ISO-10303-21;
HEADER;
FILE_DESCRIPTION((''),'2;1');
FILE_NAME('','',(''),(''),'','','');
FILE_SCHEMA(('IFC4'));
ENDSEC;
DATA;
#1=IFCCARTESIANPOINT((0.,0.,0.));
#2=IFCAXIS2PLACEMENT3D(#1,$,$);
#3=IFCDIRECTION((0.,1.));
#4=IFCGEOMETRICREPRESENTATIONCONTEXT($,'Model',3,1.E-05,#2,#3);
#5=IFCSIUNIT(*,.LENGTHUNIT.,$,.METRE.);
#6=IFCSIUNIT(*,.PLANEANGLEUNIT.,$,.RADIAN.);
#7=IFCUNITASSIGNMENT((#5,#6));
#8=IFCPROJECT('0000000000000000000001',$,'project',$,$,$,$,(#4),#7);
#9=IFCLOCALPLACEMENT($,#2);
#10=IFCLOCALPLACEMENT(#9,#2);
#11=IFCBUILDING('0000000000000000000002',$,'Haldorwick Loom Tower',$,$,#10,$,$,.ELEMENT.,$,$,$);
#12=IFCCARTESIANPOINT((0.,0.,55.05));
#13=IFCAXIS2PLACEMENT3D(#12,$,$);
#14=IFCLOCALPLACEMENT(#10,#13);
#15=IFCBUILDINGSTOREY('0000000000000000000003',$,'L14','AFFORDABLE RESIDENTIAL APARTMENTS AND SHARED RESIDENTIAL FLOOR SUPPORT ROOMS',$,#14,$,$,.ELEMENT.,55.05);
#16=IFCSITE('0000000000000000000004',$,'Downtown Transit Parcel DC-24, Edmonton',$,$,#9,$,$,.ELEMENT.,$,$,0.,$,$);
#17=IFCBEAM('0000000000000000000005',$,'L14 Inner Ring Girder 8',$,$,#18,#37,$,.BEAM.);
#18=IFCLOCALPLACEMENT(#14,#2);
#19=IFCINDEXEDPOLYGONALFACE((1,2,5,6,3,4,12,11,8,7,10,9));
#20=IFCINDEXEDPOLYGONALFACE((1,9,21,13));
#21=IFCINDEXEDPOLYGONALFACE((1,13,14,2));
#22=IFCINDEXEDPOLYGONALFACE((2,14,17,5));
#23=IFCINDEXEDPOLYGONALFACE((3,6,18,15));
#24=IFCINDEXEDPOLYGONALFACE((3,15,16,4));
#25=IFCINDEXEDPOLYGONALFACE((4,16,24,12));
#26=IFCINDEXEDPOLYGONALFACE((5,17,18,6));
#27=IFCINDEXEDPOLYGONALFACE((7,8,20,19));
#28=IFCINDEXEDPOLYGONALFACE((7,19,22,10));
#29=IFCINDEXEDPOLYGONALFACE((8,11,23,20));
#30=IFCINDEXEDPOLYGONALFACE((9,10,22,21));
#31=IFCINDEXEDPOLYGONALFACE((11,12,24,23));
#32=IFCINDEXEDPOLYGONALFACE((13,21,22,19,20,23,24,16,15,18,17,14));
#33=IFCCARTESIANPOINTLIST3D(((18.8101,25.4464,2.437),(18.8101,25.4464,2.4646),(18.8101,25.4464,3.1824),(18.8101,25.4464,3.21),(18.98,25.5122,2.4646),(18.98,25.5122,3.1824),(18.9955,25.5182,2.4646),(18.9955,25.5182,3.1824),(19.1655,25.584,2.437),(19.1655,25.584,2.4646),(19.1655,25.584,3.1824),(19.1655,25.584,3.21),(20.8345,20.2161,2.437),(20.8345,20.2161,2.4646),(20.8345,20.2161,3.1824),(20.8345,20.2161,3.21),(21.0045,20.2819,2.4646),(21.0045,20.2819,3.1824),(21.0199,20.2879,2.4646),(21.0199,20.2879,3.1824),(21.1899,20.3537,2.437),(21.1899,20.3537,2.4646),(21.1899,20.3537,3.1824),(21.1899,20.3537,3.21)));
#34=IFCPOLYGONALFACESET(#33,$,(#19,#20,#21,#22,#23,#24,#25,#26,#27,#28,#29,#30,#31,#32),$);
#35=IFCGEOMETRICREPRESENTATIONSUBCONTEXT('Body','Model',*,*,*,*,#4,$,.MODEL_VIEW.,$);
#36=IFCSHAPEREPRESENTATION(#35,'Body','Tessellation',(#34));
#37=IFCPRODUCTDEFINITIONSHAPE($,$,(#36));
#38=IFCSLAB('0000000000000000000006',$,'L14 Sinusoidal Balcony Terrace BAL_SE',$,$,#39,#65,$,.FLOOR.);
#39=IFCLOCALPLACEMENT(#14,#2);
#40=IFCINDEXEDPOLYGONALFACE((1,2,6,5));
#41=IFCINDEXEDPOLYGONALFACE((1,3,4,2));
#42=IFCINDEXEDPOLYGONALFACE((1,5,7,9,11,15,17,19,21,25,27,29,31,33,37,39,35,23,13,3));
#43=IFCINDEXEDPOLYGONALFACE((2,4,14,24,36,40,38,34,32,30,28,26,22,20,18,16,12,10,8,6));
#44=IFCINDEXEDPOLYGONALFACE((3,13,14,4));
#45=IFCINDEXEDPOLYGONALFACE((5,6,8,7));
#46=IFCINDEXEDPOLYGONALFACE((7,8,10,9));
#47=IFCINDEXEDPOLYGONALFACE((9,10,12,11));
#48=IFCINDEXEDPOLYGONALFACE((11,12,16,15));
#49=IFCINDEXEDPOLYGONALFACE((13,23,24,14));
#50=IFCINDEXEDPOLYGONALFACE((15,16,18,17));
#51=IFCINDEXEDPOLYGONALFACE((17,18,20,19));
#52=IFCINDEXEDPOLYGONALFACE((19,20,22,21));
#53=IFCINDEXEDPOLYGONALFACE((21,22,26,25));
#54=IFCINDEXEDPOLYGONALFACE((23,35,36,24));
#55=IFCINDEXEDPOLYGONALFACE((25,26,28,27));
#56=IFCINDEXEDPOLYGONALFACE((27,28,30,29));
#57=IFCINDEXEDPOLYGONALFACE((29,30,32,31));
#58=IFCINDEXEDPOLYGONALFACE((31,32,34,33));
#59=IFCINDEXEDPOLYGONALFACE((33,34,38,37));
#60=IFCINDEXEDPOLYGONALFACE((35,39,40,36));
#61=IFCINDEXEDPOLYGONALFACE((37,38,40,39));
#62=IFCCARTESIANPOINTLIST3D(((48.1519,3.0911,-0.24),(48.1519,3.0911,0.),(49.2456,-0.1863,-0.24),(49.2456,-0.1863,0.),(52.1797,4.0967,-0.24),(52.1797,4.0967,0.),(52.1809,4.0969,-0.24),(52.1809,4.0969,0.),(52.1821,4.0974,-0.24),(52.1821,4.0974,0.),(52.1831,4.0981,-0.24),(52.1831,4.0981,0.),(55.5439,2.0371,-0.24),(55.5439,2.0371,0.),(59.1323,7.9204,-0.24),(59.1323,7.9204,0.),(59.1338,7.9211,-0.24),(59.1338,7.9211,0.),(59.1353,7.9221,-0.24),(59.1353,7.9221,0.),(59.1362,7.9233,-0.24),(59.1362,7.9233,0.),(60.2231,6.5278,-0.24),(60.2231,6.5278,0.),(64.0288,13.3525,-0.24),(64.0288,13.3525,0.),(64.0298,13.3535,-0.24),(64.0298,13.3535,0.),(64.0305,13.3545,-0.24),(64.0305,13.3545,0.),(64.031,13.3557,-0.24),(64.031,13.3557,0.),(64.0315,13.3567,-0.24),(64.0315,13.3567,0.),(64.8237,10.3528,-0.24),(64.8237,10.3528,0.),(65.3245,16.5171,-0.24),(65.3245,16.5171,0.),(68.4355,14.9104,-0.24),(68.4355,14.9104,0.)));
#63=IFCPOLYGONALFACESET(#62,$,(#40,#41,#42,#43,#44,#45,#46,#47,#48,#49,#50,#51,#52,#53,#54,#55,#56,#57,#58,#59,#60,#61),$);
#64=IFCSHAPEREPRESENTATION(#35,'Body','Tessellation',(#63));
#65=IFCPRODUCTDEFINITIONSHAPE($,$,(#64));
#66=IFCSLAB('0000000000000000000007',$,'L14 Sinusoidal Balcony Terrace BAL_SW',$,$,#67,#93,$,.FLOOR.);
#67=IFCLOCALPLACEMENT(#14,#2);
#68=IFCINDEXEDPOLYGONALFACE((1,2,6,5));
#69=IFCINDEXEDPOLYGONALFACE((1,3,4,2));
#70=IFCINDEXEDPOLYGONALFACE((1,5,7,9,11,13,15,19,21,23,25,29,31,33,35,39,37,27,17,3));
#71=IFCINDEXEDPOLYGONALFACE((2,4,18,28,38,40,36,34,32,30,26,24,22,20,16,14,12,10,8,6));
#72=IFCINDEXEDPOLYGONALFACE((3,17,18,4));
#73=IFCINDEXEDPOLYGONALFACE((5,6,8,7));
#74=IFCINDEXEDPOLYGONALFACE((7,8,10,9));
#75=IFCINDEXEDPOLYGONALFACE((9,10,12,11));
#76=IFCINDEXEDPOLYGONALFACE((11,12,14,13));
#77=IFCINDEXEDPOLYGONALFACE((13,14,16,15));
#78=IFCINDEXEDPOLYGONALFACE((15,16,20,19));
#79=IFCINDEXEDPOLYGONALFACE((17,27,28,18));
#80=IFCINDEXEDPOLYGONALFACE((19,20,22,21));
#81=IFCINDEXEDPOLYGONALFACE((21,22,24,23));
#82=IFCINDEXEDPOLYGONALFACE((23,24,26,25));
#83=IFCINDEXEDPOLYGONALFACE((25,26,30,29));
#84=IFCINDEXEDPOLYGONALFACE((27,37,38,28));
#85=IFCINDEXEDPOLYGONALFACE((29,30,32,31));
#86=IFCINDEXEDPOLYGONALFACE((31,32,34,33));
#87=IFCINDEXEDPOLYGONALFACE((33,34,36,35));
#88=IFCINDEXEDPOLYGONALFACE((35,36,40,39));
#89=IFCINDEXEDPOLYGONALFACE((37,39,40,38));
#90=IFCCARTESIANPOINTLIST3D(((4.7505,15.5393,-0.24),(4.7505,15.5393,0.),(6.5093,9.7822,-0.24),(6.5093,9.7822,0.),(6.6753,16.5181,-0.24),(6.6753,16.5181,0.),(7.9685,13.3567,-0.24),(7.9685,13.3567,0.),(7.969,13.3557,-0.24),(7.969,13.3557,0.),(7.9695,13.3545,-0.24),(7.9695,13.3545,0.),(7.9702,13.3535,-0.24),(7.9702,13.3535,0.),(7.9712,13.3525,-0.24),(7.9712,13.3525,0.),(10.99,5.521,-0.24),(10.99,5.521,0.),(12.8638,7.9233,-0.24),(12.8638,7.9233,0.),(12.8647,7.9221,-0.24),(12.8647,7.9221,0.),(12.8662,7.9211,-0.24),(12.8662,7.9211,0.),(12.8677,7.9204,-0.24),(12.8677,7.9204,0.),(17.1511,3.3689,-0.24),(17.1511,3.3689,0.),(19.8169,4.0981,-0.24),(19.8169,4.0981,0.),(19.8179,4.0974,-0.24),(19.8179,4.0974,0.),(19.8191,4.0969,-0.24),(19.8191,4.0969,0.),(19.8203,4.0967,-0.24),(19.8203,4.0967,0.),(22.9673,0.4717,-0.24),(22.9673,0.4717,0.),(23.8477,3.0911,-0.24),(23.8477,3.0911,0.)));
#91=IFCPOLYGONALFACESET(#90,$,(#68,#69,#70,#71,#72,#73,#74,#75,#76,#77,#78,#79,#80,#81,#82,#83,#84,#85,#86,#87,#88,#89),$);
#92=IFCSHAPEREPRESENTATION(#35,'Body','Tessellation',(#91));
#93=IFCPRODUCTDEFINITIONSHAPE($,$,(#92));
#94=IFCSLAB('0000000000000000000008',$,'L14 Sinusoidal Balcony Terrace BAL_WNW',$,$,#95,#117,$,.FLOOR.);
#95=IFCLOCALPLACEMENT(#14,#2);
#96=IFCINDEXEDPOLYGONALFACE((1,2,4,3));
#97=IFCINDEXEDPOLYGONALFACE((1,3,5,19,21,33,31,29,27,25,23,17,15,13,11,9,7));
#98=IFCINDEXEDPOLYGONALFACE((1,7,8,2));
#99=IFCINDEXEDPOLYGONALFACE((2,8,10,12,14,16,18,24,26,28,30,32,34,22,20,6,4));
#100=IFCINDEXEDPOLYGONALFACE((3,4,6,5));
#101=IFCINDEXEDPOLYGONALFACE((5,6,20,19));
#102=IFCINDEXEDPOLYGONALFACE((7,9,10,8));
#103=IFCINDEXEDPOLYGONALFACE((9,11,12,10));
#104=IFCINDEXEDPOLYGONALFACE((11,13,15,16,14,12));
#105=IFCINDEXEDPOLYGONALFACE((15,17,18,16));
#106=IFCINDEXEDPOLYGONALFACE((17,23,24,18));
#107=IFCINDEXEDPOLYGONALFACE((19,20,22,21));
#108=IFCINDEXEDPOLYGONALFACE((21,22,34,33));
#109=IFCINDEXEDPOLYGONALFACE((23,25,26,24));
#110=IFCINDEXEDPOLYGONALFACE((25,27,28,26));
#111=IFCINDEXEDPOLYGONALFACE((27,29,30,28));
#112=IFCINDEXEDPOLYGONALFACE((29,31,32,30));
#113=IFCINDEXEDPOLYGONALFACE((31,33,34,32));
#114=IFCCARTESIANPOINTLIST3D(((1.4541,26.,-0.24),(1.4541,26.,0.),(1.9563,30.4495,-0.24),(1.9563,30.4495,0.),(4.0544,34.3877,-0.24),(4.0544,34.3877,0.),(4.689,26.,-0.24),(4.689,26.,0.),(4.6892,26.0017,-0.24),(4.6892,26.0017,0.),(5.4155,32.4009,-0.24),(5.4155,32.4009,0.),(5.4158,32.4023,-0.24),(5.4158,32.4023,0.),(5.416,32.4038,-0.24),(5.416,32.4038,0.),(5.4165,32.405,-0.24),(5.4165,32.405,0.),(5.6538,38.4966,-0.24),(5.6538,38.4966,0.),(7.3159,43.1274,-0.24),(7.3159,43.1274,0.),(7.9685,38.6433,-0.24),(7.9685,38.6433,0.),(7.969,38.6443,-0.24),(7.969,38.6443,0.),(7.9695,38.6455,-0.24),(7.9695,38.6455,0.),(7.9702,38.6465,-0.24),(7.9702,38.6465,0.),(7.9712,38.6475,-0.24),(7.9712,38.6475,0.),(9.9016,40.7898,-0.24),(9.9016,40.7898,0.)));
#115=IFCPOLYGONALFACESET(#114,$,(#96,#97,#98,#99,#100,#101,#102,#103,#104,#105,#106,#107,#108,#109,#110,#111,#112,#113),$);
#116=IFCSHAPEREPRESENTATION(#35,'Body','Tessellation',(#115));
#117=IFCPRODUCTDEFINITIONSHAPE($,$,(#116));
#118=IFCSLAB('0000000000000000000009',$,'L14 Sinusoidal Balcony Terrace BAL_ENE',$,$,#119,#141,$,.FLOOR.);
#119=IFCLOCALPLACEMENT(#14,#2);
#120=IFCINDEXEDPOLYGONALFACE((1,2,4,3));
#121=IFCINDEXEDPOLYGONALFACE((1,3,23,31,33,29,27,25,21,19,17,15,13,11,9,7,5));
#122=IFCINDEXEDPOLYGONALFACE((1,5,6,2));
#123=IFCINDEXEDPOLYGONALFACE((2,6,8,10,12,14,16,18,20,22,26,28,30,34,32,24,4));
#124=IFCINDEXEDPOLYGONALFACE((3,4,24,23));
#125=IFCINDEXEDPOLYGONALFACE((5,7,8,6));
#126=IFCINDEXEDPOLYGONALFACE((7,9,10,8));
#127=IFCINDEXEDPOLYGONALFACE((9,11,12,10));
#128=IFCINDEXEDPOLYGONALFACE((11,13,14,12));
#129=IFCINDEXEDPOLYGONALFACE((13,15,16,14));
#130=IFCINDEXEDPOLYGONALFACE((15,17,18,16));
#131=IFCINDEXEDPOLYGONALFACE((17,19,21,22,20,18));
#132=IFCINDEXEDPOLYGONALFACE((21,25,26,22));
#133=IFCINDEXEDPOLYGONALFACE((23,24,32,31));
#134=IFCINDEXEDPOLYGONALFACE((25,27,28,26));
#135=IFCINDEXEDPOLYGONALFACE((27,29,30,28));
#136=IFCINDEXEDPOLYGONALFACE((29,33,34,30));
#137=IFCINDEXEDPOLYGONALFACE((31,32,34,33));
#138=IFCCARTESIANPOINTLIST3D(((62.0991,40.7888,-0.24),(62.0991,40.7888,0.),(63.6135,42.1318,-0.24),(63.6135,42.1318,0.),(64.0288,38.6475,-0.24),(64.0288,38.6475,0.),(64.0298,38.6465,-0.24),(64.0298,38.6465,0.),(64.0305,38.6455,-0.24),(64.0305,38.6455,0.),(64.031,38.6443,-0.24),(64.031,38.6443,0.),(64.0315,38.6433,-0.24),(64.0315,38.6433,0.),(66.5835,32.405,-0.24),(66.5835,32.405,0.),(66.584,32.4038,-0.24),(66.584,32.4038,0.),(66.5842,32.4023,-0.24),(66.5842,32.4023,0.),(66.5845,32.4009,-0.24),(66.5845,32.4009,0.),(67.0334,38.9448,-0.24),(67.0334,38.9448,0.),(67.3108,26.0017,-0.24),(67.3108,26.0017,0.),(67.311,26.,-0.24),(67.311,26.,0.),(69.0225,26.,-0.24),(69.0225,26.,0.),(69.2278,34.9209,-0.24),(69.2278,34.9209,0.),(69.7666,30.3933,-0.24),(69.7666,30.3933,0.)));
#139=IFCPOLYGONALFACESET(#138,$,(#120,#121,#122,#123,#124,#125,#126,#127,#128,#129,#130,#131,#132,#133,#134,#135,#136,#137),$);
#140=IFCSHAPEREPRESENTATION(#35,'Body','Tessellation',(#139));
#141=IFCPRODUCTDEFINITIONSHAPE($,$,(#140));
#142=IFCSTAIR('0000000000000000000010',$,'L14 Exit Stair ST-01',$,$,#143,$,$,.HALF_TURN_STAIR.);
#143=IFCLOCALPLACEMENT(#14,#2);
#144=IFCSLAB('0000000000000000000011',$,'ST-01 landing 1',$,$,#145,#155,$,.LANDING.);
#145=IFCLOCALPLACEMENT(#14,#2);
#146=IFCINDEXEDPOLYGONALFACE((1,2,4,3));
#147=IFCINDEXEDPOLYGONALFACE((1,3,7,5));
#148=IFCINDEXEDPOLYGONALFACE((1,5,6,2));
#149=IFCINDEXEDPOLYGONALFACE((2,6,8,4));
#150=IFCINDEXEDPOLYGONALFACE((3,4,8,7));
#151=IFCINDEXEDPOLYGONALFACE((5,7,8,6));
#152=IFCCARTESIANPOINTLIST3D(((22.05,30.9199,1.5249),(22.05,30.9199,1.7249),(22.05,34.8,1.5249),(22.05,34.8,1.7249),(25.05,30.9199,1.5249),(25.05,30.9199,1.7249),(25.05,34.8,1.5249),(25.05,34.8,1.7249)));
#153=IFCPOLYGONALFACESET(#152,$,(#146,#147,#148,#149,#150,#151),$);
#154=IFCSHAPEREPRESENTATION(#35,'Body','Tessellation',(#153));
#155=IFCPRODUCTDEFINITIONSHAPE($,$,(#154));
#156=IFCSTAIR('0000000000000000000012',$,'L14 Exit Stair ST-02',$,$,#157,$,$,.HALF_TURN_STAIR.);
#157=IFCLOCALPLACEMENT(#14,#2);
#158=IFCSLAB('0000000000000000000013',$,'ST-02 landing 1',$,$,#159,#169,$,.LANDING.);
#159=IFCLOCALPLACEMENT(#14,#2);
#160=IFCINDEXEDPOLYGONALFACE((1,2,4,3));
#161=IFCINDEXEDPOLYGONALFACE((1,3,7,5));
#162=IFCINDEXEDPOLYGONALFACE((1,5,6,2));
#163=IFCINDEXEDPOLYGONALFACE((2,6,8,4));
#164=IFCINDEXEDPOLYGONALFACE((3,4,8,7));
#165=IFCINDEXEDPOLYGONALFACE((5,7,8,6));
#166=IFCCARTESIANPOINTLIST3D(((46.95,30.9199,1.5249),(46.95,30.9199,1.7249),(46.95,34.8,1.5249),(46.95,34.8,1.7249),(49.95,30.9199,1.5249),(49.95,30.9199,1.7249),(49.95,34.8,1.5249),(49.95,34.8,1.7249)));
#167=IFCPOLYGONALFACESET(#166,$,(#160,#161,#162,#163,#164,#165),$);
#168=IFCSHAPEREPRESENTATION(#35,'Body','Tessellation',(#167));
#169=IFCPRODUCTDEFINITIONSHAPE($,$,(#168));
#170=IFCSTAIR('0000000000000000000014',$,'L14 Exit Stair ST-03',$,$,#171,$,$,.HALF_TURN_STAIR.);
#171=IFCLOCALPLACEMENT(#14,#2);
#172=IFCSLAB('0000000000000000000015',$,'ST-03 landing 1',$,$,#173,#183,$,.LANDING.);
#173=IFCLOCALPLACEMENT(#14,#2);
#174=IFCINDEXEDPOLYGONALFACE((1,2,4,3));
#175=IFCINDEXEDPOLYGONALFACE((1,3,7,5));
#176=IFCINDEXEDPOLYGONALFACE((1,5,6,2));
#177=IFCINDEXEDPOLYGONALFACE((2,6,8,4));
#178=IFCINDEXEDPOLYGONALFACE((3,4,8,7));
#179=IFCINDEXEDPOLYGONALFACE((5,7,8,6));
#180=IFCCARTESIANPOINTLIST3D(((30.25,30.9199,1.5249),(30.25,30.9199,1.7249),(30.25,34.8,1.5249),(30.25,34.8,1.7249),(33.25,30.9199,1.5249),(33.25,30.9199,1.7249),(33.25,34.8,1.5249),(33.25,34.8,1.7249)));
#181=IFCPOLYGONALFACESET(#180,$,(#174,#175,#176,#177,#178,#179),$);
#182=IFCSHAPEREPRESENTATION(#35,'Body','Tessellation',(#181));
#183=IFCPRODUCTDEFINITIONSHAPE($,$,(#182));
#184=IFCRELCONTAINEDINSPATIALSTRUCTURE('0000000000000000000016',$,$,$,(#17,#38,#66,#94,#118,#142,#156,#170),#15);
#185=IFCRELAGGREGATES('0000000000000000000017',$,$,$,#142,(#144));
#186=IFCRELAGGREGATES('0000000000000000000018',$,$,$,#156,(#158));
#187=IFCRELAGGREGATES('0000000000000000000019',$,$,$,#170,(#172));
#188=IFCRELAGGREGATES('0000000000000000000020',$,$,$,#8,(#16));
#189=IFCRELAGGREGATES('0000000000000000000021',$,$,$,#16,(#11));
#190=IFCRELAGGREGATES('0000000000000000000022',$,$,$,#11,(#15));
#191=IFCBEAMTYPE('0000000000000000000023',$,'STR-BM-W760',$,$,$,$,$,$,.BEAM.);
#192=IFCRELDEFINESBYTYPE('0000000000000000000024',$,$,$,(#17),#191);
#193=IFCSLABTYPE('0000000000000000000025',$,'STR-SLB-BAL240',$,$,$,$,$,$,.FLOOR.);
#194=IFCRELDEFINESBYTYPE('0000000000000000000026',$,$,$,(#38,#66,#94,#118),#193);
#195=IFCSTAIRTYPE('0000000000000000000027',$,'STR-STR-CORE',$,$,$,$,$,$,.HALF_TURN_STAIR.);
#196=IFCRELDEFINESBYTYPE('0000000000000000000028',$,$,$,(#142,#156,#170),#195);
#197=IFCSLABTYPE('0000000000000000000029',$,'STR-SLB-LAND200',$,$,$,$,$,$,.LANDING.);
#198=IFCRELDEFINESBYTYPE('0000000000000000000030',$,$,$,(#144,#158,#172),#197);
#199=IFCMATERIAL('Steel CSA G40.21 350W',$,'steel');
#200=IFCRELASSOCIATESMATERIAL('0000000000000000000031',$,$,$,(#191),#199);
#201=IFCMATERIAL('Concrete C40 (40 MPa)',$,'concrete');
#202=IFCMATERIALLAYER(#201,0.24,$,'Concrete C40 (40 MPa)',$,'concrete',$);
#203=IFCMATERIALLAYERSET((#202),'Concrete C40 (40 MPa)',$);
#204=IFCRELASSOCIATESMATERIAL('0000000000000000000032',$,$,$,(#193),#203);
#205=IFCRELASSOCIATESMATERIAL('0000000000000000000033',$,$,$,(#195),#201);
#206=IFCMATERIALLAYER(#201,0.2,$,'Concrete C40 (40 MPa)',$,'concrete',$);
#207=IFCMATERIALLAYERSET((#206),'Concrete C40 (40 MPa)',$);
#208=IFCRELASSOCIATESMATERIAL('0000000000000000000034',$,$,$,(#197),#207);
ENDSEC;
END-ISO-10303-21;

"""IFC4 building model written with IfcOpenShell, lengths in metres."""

from ifc_helpers import new_model, si_unit, direction, frame, origin, origin_2d, place, context, subcontext, project, spatial, polyline, i_section, outline, extrude, material, layer, layer_set, material_profile, profile_set, type_object, element, aggregate, save


model = new_model("IFC4")

# Units and contexts
model_context = context("Model", 3, precision=1e-05, world=origin(), true_north=direction((0.0, 1.0)))
body_context = subcontext(model_context, "Body", "Model", "MODEL_VIEW")
ifc_project = project(units=[si_unit("LENGTHUNIT", "METRE"), si_unit("PLANEANGLEUNIT", "RADIAN")], contexts=[model_context])

# Site, building, storey
site_placement = place(None, origin())
site = spatial("IfcSite", under=ifc_project, at=site_placement, Name="Downtown Transit Parcel DC-24, Edmonton", CompositionType="ELEMENT", RefElevation=0.0)
building_placement = place(site_placement, origin())
building = spatial("IfcBuilding", under=site, at=building_placement, Name="Haldorwick Loom Tower", CompositionType="ELEMENT")
storey_placement = place(building_placement, frame((0.0, 0.0, 55.05)))
storey = spatial("IfcBuildingStorey", under=building, at=storey_placement, Name="L14", Description="AFFORDABLE RESIDENTIAL APARTMENTS AND SHARED RESIDENTIAL FLOOR SUPPORT ROOMS", CompositionType="ELEMENT", Elevation=55.05)

# Beam
ifc_material_1 = material(Name="Steel CSA G40.21 350W", Category="steel")
ifc_material_profile_1 = material_profile(ifc_material_1, i_section(OverallWidth=0.3811, OverallDepth=0.7729, WebThickness=0.0166, FlangeThickness=0.0276, at=origin_2d()), Name="W760X257", Category="steel")
ifc_profile_set_1 = profile_set([ifc_material_profile_1], Name="Steel CSA G40.21 350W")
beam_type_1 = type_object("IfcBeamType", Name="STR-BM-W760", PredefinedType="BEAM", material=ifc_profile_set_1)
beam_1_placement = place(storey_placement, frame((21.0122, 20.2849, 2.8235), z_axis=(-0.360965, 0.932579, 0.0), x_axis=(-0.932579, -0.360965, 0.0)))
element("IfcBeam", 1, at=beam_1_placement, inside=storey, type_object=beam_type_1, Name="L14 Inner Ring Girder 8", PredefinedType="BEAM", context=body_context, shape_type="SweptSolid", body=[
    extrude(i_section(OverallWidth=0.3811, OverallDepth=0.7729, WebThickness=0.0166, FlangeThickness=0.0276, at=origin_2d()), origin(), (0.0, 0.0, 1.0), 5.6084),
])

# Slabs
ifc_material_2 = material(Name="Concrete C40 (40 MPa)", Category="concrete")
ifc_layer_1 = layer(ifc_material_2, 0.24, Name="Concrete C40 (40 MPa)", Category="concrete")
ifc_layer_set_1 = layer_set([ifc_layer_1], Name="Concrete C40 (40 MPa)")
slab_type_1 = type_object("IfcSlabType", Name="STR-SLB-BAL240", PredefinedType="FLOOR", material=ifc_layer_set_1)
slab_1_placement = place(storey_placement, frame((0.0, 0.0, -0.24)))
element("IfcSlab", 2, at=slab_1_placement, inside=storey, type_object=slab_type_1, Name="L14 Sinusoidal Balcony Terrace BAL_SE", PredefinedType="FLOOR", context=body_context, shape_type="SweptSolid", body=[
    extrude(outline(polyline([(65.3245, 16.5171), (64.0315, 13.3567), (64.031, 13.3557), (64.0305, 13.3545), (64.0298, 13.3535), (64.0288, 13.3525), (59.1362, 7.9233), (59.1353, 7.9221), (59.1338, 7.9211), (59.1323, 7.9204), (52.1831, 4.0981), (52.1821, 4.0974), (52.1809, 4.0969), (52.1797, 4.0967), (48.1519, 3.0911), (49.2456, -0.1863), (55.5439, 2.0371), (60.2231, 6.5278), (64.8237, 10.3528), (68.4355, 14.9104), (65.3245, 16.5171)])), origin(), (0.0, 0.0, 1.0), 0.24),
])
slab_2_placement = place(storey_placement, frame((0.0, 0.0, -0.24)))
element("IfcSlab", 3, at=slab_2_placement, inside=storey, type_object=slab_type_1, Name="L14 Sinusoidal Balcony Terrace BAL_SW", PredefinedType="FLOOR", context=body_context, shape_type="SweptSolid", body=[
    extrude(outline(polyline([(23.8477, 3.0911), (19.8203, 4.0967), (19.8191, 4.0969), (19.8179, 4.0974), (19.8169, 4.0981), (12.8677, 7.9204), (12.8662, 7.9211), (12.8647, 7.9221), (12.8638, 7.9233), (7.9712, 13.3525), (7.9702, 13.3535), (7.9695, 13.3545), (7.969, 13.3557), (7.9685, 13.3567), (6.6753, 16.5181), (4.7505, 15.5393), (6.5093, 9.7822), (10.99, 5.521), (17.1511, 3.3689), (22.9673, 0.4717), (23.8477, 3.0911)])), origin(), (0.0, 0.0, 1.0), 0.24),
])
slab_3_placement = place(storey_placement, frame((0.0, 0.0, -0.24)))
element("IfcSlab", 4, at=slab_3_placement, inside=storey, type_object=slab_type_1, Name="L14 Sinusoidal Balcony Terrace BAL_WNW", PredefinedType="FLOOR", context=body_context, shape_type="SweptSolid", body=[
    extrude(outline(polyline([(4.689, 26.0), (4.6892, 26.0017), (5.4155, 32.4009), (5.4158, 32.4023), (5.416, 32.4038), (5.4165, 32.405), (7.9685, 38.6433), (7.969, 38.6443), (7.9695, 38.6455), (7.9702, 38.6465), (7.9712, 38.6475), (9.9016, 40.7898), (7.3159, 43.1274), (5.6538, 38.4966), (4.0544, 34.3877), (1.9563, 30.4495), (1.4541, 26.0), (4.689, 26.0)])), origin(), (0.0, 0.0, 1.0), 0.24),
])
slab_4_placement = place(storey_placement, frame((0.0, 0.0, -0.24)))
element("IfcSlab", 5, at=slab_4_placement, inside=storey, type_object=slab_type_1, Name="L14 Sinusoidal Balcony Terrace BAL_ENE", PredefinedType="FLOOR", context=body_context, shape_type="SweptSolid", body=[
    extrude(outline(polyline([(62.0991, 40.7888), (64.0288, 38.6475), (64.0298, 38.6465), (64.0305, 38.6455), (64.031, 38.6443), (64.0315, 38.6433), (66.5835, 32.405), (66.584, 32.4038), (66.5842, 32.4023), (66.5845, 32.4009), (67.3108, 26.0017), (67.311, 26.0), (69.0225, 26.0), (69.7666, 30.3933), (69.2278, 34.9209), (67.0334, 38.9448), (63.6135, 42.1318), (62.0991, 40.7888)])), origin(), (0.0, 0.0, 1.0), 0.24),
])

# Stairs, slabs
stair_type = type_object("IfcStairType", Name="STR-STR-CORE", PredefinedType="HALF_TURN_STAIR", material=ifc_material_2)
stair_1_placement = place(storey_placement, origin())
stair_1 = element("IfcStair", 6, at=stair_1_placement, inside=storey, type_object=stair_type, Name="L14 Exit Stair ST-01", PredefinedType="HALF_TURN_STAIR")
ifc_layer_2 = layer(ifc_material_2, 0.2, Name="Concrete C40 (40 MPa)", Category="concrete")
ifc_layer_set_2 = layer_set([ifc_layer_2], Name="Concrete C40 (40 MPa)")
slab_type_2 = type_object("IfcSlabType", Name="STR-SLB-LAND200", PredefinedType="LANDING", material=ifc_layer_set_2)
slab_5_placement = place(storey_placement, frame((0.0, 0.0, 1.5249)))
slab_5 = element("IfcSlab", 7, at=slab_5_placement, type_object=slab_type_2, Name="ST-01 landing 1", PredefinedType="LANDING", context=body_context, shape_type="SweptSolid", body=[
    extrude(outline(polyline([(25.05, 30.9199), (25.05, 34.8), (22.05, 34.8), (22.05, 30.9199), (25.05, 30.9199)])), origin(), (0.0, 0.0, 1.0), 0.2),
])
aggregate(stair_1, [slab_5])
stair_2_placement = place(storey_placement, origin())
stair_2 = element("IfcStair", 8, at=stair_2_placement, inside=storey, type_object=stair_type, Name="L14 Exit Stair ST-02", PredefinedType="HALF_TURN_STAIR")
slab_6_placement = place(storey_placement, frame((0.0, 0.0, 1.5249)))
slab_6 = element("IfcSlab", 9, at=slab_6_placement, type_object=slab_type_2, Name="ST-02 landing 1", PredefinedType="LANDING", context=body_context, shape_type="SweptSolid", body=[
    extrude(outline(polyline([(49.95, 30.9199), (49.95, 34.8), (46.95, 34.8), (46.95, 30.9199), (49.95, 30.9199)])), origin(), (0.0, 0.0, 1.0), 0.2),
])
aggregate(stair_2, [slab_6])
stair_3_placement = place(storey_placement, origin())
stair_3 = element("IfcStair", 10, at=stair_3_placement, inside=storey, type_object=stair_type, Name="L14 Exit Stair ST-03", PredefinedType="HALF_TURN_STAIR")
slab_7_placement = place(storey_placement, frame((0.0, 0.0, 1.5249)))
slab_7 = element("IfcSlab", 11, at=slab_7_placement, type_object=slab_type_2, Name="ST-03 landing 1", PredefinedType="LANDING", context=body_context, shape_type="SweptSolid", body=[
    extrude(outline(polyline([(33.25, 30.9199), (33.25, 34.8), (30.25, 34.8), (30.25, 30.9199), (33.25, 30.9199)])), origin(), (0.0, 0.0, 1.0), 0.2),
])
aggregate(stair_3, [slab_7])

save(model, "model.ifc")
